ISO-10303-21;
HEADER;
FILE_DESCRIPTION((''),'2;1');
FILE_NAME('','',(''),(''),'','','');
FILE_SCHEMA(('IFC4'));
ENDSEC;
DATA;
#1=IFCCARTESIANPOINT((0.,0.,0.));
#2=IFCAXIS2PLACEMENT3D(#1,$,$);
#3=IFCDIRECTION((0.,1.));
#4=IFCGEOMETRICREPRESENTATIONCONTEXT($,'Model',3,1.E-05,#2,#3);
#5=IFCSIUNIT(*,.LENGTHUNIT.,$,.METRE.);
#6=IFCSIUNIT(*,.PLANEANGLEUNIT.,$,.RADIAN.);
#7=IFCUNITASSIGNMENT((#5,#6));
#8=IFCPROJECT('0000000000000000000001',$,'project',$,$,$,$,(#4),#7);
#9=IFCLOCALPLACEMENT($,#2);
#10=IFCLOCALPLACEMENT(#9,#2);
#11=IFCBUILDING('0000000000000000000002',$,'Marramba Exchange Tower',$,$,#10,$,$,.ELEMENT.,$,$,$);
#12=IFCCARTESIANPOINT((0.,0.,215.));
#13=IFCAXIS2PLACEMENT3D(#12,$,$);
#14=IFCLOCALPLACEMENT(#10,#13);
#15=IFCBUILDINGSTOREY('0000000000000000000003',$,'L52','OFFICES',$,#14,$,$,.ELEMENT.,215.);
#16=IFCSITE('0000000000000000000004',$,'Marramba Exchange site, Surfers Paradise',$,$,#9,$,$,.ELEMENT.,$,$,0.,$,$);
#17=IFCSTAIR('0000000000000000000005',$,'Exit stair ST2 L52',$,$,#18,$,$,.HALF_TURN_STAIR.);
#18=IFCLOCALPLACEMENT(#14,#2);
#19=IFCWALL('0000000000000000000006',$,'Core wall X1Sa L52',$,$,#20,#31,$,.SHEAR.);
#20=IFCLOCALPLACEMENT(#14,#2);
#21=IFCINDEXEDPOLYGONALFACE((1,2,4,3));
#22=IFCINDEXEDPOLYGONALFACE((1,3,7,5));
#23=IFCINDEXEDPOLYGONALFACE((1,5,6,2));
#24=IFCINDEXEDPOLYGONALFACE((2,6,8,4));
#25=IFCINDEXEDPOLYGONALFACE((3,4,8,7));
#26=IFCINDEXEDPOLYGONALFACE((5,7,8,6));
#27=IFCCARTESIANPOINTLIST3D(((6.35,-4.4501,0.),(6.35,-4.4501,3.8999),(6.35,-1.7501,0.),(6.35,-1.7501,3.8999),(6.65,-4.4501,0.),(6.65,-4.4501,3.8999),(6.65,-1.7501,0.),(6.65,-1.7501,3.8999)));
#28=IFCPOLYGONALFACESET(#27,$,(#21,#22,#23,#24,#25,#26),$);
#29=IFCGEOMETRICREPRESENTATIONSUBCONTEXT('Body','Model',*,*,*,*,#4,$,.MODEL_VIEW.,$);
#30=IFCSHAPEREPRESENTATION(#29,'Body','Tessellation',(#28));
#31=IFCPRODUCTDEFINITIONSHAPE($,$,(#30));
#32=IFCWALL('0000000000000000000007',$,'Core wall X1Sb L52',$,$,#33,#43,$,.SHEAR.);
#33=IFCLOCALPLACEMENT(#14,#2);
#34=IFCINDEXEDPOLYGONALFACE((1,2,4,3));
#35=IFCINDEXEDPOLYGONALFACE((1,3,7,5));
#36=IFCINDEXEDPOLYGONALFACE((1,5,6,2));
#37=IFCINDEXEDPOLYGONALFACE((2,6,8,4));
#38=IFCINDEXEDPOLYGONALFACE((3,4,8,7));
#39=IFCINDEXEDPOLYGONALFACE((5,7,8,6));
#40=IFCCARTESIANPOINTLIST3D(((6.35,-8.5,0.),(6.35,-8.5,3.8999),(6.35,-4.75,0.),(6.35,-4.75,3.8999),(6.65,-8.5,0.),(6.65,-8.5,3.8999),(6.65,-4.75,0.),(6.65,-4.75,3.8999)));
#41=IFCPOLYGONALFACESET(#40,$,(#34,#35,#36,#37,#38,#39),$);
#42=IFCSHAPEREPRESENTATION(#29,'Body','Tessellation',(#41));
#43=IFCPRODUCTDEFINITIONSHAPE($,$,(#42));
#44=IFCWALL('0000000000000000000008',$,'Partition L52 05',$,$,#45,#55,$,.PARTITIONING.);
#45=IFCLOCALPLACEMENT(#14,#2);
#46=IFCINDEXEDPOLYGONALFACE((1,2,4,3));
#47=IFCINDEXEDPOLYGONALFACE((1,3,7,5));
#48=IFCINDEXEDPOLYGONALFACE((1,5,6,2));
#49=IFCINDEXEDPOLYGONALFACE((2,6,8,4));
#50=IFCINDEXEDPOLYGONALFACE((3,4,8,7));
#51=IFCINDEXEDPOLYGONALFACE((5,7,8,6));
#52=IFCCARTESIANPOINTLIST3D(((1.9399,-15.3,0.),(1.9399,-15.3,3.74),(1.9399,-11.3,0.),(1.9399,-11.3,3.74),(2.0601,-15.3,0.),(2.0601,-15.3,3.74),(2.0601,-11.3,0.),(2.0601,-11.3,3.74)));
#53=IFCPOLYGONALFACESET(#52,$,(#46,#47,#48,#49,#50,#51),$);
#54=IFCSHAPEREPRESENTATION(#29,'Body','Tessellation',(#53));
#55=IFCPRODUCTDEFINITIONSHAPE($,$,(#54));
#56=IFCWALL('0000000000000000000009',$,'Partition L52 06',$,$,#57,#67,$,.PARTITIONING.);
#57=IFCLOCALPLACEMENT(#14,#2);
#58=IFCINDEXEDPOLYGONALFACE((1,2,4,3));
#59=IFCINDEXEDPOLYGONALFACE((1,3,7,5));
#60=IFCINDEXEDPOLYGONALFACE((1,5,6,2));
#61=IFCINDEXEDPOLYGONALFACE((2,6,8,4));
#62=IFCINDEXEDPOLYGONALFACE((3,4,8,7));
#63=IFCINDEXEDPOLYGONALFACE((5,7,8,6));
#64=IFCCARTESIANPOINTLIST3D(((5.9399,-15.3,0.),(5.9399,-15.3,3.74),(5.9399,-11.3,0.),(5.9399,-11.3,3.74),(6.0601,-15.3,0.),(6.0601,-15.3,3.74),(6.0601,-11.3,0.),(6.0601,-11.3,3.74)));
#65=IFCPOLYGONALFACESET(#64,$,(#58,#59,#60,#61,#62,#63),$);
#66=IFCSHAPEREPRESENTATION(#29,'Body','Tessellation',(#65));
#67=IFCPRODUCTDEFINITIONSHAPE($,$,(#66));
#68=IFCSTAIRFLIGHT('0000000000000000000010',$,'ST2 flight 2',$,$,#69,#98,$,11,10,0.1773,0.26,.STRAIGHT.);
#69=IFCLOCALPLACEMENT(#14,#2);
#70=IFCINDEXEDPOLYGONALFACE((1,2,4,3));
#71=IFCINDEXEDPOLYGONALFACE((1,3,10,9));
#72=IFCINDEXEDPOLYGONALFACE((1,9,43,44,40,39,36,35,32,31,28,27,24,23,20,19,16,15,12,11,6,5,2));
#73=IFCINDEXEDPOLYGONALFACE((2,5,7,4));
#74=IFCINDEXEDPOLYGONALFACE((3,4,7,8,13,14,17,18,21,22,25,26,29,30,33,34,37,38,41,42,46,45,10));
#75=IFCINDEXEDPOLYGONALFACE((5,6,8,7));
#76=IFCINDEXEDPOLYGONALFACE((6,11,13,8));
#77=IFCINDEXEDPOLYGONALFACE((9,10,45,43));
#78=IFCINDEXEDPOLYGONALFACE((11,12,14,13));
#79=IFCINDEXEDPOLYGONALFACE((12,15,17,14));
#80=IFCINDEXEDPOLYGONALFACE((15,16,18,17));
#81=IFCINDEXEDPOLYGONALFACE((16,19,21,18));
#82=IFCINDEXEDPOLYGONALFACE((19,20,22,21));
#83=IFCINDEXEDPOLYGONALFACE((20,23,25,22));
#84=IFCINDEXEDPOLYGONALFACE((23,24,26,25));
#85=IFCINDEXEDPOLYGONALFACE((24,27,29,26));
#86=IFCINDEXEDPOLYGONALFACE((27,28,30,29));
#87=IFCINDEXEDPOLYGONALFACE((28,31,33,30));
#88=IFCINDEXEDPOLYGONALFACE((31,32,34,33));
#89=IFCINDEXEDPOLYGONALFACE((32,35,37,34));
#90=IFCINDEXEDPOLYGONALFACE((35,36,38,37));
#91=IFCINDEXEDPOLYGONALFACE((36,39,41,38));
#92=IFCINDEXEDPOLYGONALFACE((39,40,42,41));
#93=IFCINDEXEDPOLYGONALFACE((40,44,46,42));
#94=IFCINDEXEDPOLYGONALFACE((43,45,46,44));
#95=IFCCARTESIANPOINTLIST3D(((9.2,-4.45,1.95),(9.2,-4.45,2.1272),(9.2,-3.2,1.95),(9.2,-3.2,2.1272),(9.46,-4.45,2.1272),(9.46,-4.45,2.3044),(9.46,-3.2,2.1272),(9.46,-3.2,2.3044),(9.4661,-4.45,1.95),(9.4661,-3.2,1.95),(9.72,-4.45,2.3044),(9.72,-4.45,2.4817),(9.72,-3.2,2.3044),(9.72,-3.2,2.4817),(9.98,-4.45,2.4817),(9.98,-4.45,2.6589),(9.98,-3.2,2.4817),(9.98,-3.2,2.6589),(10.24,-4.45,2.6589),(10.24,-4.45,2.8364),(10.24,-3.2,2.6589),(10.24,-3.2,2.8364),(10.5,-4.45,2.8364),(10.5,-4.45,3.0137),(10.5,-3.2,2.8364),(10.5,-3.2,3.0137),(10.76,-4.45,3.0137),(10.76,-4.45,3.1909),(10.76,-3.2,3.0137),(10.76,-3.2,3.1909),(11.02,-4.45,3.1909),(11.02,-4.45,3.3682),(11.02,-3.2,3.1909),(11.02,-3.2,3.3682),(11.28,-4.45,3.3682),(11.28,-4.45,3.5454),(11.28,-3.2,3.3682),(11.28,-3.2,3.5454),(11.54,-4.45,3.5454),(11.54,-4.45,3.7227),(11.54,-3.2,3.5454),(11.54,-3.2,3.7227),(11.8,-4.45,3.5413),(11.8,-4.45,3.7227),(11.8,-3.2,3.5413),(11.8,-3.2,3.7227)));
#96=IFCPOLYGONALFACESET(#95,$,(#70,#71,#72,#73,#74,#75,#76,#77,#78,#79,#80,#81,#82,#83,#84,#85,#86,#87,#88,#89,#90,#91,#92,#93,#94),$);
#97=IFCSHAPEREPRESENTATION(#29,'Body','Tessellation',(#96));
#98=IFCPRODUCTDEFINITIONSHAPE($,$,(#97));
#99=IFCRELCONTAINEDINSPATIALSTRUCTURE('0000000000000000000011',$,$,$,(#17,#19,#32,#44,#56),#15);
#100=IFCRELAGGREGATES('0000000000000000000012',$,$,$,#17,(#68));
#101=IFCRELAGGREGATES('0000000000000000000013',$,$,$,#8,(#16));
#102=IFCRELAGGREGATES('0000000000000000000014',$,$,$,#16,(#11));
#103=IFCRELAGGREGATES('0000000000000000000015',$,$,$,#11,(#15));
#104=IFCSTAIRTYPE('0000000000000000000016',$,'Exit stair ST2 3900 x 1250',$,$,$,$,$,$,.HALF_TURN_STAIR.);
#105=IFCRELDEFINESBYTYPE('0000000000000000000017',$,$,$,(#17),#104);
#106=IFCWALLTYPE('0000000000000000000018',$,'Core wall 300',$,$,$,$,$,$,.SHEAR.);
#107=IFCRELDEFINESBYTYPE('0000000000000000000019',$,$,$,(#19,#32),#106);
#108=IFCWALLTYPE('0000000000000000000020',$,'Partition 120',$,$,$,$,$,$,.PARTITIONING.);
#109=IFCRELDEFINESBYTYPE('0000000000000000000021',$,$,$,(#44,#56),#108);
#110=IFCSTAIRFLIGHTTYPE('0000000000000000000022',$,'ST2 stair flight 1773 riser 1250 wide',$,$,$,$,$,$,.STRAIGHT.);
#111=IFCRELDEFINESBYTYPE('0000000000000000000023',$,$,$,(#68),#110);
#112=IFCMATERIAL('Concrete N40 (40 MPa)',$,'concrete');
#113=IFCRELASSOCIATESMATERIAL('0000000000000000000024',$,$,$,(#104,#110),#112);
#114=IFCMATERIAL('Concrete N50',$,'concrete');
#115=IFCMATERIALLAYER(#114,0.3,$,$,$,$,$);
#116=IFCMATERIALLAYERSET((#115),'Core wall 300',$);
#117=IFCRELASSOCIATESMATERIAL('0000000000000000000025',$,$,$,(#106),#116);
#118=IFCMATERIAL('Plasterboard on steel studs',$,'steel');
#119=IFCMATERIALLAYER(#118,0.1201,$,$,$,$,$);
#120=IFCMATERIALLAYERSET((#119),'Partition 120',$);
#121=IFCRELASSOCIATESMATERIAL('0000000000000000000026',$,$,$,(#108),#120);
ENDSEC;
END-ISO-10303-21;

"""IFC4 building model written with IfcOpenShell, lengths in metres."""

from ifc_helpers import new_model, si_unit, direction, frame, frame_2d, origin, place, context, subcontext, project, spatial, polyline, rectangle, outline, extrude, material, layer, layer_set, type_object, element, aggregate, save


model = new_model("IFC4")

# Units and contexts
model_context = context("Model", 3, precision=1e-05, world=origin(), true_north=direction((0.0, 1.0)))
body_context = subcontext(model_context, "Body", "Model", "MODEL_VIEW")
ifc_project = project(units=[si_unit("LENGTHUNIT", "METRE"), si_unit("PLANEANGLEUNIT", "RADIAN")], contexts=[model_context])

# Site, building, storey
site_placement = place(None, origin())
site = spatial("IfcSite", under=ifc_project, at=site_placement, Name="Marramba Exchange site, Surfers Paradise", CompositionType="ELEMENT", RefElevation=0.0)
building_placement = place(site_placement, origin())
building = spatial("IfcBuilding", under=site, at=building_placement, Name="Marramba Exchange Tower", CompositionType="ELEMENT")
storey_placement = place(building_placement, frame((0.0, 0.0, 215.0)))
storey = spatial("IfcBuildingStorey", under=building, at=storey_placement, Name="L52", Description="OFFICES", CompositionType="ELEMENT", Elevation=215.0)

# Stair
ifc_material_1 = material(Name="Concrete N40 (40 MPa)", Category="concrete")
stair_type_1 = type_object("IfcStairType", Name="Exit stair ST2 3900 x 1250", PredefinedType="HALF_TURN_STAIR", material=ifc_material_1)
stair_1_placement = place(storey_placement, origin())
stair_1 = element("IfcStair", 1, at=stair_1_placement, inside=storey, type_object=stair_type_1, Name="Exit stair ST2 L52", PredefinedType="HALF_TURN_STAIR")

# Walls
ifc_material_2 = material(Name="Concrete N50", Category="concrete")
ifc_layer_1 = layer(ifc_material_2, 0.3)
ifc_layer_set_1 = layer_set([ifc_layer_1], Name="Core wall 300")
wall_type_1 = type_object("IfcWallType", Name="Core wall 300", PredefinedType="SHEAR", material=ifc_layer_set_1)
wall_1_placement = place(storey_placement, frame((6.5, -1.75, 0.0), z_axis=(0.0, 0.0, 1.0), x_axis=(0.0, -1.0, 0.0)))
element("IfcWall", 2, at=wall_1_placement, inside=storey, type_object=wall_type_1, Name="Core wall X1Sa L52", PredefinedType="SHEAR", context=body_context, shape_type="SweptSolid", body=[
    extrude(rectangle(XDim=2.7, YDim=0.3, at=frame_2d((1.3501, 0.0))), origin(), (0.0, 0.0, 1.0), 3.8999),
])
wall_2_placement = place(storey_placement, frame((6.5, -4.75, 0.0), z_axis=(0.0, 0.0, 1.0), x_axis=(0.0, -1.0, 0.0)))
element("IfcWall", 3, at=wall_2_placement, inside=storey, type_object=wall_type_1, Name="Core wall X1Sb L52", PredefinedType="SHEAR", context=body_context, shape_type="SweptSolid", body=[
    extrude(rectangle(XDim=3.75, YDim=0.3, at=frame_2d((1.875, 0.0))), origin(), (0.0, 0.0, 1.0), 3.8999),
])
ifc_material_3 = material(Name="Plasterboard on steel studs", Category="steel")
ifc_layer_2 = layer(ifc_material_3, 0.1201)
ifc_layer_set_2 = layer_set([ifc_layer_2], Name="Partition 120")
wall_type_2 = type_object("IfcWallType", Name="Partition 120", PredefinedType="PARTITIONING", material=ifc_layer_set_2)
for number, where, z_axis, x_axis, name in (
    (4, (2.0, -11.3, 0.0), (0.0, 0.0, 1.0), (0.0, -1.0, 0.0), "Partition L52 05"),
    (5, (6.0, -11.3, 0.0), (0.0, 0.0, 1.0), (0.0, -1.0, 0.0), "Partition L52 06"),
):
    element("IfcWall", number, at=place(storey_placement, frame(where, z_axis=z_axis, x_axis=x_axis)), inside=storey, type_object=wall_type_2, Name=name, PredefinedType="PARTITIONING", context=body_context, shape_type="SweptSolid", body=[
        extrude(rectangle(XDim=4.0, YDim=0.1201, at=frame_2d((2.0, 0.0))), origin(), (0.0, 0.0, 1.0), 3.74),
    ])

# Stair flight
stair_flight_type = type_object("IfcStairFlightType", Name="ST2 stair flight 1773 riser 1250 wide", PredefinedType="STRAIGHT", material=ifc_material_1)
stair_flight_placement = place(storey_placement, frame((9.2, -3.825, 1.95), z_axis=(0.0, 0.0, 1.0), x_axis=(1.0, 0.0, 0.0)))
stair_flight = element("IfcStairFlight", 6, at=stair_flight_placement, type_object=stair_flight_type, Name="ST2 flight 2", NumberOfRisers=11, NumberOfTreads=10, PredefinedType="STRAIGHT", RiserHeight=0.1773, TreadLength=0.26, context=body_context, shape_type="SweptSolid", body=[
    extrude(outline(polyline([(0.0, 0.0), (0.0, 0.1772), (0.26, 0.1772), (0.26, 0.3545), (0.52, 0.3545), (0.52, 0.5317), (0.78, 0.5317), (0.78, 0.709), (1.04, 0.709), (1.04, 0.8865), (1.3, 0.8865), (1.3, 1.0637), (1.5601, 1.0637), (1.5601, 1.241), (1.8201, 1.241), (1.8201, 1.4182), (2.0801, 1.4182), (2.0801, 1.5955), (2.3401, 1.5955), (2.3401, 1.7727), (2.6001, 1.7727), (2.6001, 1.95), (2.6001, 1.5913), (0.2661, 0.0), (0.0, 0.0)])), frame((0.0, 0.625, 0.0), z_axis=(0.0, -1.0, 0.0), x_axis=(1.0, 0.0, 0.0)), (0.0, 0.0, 1.0), 1.25),
])
aggregate(stair_1, [stair_flight])

save(model, "model.ifc")
